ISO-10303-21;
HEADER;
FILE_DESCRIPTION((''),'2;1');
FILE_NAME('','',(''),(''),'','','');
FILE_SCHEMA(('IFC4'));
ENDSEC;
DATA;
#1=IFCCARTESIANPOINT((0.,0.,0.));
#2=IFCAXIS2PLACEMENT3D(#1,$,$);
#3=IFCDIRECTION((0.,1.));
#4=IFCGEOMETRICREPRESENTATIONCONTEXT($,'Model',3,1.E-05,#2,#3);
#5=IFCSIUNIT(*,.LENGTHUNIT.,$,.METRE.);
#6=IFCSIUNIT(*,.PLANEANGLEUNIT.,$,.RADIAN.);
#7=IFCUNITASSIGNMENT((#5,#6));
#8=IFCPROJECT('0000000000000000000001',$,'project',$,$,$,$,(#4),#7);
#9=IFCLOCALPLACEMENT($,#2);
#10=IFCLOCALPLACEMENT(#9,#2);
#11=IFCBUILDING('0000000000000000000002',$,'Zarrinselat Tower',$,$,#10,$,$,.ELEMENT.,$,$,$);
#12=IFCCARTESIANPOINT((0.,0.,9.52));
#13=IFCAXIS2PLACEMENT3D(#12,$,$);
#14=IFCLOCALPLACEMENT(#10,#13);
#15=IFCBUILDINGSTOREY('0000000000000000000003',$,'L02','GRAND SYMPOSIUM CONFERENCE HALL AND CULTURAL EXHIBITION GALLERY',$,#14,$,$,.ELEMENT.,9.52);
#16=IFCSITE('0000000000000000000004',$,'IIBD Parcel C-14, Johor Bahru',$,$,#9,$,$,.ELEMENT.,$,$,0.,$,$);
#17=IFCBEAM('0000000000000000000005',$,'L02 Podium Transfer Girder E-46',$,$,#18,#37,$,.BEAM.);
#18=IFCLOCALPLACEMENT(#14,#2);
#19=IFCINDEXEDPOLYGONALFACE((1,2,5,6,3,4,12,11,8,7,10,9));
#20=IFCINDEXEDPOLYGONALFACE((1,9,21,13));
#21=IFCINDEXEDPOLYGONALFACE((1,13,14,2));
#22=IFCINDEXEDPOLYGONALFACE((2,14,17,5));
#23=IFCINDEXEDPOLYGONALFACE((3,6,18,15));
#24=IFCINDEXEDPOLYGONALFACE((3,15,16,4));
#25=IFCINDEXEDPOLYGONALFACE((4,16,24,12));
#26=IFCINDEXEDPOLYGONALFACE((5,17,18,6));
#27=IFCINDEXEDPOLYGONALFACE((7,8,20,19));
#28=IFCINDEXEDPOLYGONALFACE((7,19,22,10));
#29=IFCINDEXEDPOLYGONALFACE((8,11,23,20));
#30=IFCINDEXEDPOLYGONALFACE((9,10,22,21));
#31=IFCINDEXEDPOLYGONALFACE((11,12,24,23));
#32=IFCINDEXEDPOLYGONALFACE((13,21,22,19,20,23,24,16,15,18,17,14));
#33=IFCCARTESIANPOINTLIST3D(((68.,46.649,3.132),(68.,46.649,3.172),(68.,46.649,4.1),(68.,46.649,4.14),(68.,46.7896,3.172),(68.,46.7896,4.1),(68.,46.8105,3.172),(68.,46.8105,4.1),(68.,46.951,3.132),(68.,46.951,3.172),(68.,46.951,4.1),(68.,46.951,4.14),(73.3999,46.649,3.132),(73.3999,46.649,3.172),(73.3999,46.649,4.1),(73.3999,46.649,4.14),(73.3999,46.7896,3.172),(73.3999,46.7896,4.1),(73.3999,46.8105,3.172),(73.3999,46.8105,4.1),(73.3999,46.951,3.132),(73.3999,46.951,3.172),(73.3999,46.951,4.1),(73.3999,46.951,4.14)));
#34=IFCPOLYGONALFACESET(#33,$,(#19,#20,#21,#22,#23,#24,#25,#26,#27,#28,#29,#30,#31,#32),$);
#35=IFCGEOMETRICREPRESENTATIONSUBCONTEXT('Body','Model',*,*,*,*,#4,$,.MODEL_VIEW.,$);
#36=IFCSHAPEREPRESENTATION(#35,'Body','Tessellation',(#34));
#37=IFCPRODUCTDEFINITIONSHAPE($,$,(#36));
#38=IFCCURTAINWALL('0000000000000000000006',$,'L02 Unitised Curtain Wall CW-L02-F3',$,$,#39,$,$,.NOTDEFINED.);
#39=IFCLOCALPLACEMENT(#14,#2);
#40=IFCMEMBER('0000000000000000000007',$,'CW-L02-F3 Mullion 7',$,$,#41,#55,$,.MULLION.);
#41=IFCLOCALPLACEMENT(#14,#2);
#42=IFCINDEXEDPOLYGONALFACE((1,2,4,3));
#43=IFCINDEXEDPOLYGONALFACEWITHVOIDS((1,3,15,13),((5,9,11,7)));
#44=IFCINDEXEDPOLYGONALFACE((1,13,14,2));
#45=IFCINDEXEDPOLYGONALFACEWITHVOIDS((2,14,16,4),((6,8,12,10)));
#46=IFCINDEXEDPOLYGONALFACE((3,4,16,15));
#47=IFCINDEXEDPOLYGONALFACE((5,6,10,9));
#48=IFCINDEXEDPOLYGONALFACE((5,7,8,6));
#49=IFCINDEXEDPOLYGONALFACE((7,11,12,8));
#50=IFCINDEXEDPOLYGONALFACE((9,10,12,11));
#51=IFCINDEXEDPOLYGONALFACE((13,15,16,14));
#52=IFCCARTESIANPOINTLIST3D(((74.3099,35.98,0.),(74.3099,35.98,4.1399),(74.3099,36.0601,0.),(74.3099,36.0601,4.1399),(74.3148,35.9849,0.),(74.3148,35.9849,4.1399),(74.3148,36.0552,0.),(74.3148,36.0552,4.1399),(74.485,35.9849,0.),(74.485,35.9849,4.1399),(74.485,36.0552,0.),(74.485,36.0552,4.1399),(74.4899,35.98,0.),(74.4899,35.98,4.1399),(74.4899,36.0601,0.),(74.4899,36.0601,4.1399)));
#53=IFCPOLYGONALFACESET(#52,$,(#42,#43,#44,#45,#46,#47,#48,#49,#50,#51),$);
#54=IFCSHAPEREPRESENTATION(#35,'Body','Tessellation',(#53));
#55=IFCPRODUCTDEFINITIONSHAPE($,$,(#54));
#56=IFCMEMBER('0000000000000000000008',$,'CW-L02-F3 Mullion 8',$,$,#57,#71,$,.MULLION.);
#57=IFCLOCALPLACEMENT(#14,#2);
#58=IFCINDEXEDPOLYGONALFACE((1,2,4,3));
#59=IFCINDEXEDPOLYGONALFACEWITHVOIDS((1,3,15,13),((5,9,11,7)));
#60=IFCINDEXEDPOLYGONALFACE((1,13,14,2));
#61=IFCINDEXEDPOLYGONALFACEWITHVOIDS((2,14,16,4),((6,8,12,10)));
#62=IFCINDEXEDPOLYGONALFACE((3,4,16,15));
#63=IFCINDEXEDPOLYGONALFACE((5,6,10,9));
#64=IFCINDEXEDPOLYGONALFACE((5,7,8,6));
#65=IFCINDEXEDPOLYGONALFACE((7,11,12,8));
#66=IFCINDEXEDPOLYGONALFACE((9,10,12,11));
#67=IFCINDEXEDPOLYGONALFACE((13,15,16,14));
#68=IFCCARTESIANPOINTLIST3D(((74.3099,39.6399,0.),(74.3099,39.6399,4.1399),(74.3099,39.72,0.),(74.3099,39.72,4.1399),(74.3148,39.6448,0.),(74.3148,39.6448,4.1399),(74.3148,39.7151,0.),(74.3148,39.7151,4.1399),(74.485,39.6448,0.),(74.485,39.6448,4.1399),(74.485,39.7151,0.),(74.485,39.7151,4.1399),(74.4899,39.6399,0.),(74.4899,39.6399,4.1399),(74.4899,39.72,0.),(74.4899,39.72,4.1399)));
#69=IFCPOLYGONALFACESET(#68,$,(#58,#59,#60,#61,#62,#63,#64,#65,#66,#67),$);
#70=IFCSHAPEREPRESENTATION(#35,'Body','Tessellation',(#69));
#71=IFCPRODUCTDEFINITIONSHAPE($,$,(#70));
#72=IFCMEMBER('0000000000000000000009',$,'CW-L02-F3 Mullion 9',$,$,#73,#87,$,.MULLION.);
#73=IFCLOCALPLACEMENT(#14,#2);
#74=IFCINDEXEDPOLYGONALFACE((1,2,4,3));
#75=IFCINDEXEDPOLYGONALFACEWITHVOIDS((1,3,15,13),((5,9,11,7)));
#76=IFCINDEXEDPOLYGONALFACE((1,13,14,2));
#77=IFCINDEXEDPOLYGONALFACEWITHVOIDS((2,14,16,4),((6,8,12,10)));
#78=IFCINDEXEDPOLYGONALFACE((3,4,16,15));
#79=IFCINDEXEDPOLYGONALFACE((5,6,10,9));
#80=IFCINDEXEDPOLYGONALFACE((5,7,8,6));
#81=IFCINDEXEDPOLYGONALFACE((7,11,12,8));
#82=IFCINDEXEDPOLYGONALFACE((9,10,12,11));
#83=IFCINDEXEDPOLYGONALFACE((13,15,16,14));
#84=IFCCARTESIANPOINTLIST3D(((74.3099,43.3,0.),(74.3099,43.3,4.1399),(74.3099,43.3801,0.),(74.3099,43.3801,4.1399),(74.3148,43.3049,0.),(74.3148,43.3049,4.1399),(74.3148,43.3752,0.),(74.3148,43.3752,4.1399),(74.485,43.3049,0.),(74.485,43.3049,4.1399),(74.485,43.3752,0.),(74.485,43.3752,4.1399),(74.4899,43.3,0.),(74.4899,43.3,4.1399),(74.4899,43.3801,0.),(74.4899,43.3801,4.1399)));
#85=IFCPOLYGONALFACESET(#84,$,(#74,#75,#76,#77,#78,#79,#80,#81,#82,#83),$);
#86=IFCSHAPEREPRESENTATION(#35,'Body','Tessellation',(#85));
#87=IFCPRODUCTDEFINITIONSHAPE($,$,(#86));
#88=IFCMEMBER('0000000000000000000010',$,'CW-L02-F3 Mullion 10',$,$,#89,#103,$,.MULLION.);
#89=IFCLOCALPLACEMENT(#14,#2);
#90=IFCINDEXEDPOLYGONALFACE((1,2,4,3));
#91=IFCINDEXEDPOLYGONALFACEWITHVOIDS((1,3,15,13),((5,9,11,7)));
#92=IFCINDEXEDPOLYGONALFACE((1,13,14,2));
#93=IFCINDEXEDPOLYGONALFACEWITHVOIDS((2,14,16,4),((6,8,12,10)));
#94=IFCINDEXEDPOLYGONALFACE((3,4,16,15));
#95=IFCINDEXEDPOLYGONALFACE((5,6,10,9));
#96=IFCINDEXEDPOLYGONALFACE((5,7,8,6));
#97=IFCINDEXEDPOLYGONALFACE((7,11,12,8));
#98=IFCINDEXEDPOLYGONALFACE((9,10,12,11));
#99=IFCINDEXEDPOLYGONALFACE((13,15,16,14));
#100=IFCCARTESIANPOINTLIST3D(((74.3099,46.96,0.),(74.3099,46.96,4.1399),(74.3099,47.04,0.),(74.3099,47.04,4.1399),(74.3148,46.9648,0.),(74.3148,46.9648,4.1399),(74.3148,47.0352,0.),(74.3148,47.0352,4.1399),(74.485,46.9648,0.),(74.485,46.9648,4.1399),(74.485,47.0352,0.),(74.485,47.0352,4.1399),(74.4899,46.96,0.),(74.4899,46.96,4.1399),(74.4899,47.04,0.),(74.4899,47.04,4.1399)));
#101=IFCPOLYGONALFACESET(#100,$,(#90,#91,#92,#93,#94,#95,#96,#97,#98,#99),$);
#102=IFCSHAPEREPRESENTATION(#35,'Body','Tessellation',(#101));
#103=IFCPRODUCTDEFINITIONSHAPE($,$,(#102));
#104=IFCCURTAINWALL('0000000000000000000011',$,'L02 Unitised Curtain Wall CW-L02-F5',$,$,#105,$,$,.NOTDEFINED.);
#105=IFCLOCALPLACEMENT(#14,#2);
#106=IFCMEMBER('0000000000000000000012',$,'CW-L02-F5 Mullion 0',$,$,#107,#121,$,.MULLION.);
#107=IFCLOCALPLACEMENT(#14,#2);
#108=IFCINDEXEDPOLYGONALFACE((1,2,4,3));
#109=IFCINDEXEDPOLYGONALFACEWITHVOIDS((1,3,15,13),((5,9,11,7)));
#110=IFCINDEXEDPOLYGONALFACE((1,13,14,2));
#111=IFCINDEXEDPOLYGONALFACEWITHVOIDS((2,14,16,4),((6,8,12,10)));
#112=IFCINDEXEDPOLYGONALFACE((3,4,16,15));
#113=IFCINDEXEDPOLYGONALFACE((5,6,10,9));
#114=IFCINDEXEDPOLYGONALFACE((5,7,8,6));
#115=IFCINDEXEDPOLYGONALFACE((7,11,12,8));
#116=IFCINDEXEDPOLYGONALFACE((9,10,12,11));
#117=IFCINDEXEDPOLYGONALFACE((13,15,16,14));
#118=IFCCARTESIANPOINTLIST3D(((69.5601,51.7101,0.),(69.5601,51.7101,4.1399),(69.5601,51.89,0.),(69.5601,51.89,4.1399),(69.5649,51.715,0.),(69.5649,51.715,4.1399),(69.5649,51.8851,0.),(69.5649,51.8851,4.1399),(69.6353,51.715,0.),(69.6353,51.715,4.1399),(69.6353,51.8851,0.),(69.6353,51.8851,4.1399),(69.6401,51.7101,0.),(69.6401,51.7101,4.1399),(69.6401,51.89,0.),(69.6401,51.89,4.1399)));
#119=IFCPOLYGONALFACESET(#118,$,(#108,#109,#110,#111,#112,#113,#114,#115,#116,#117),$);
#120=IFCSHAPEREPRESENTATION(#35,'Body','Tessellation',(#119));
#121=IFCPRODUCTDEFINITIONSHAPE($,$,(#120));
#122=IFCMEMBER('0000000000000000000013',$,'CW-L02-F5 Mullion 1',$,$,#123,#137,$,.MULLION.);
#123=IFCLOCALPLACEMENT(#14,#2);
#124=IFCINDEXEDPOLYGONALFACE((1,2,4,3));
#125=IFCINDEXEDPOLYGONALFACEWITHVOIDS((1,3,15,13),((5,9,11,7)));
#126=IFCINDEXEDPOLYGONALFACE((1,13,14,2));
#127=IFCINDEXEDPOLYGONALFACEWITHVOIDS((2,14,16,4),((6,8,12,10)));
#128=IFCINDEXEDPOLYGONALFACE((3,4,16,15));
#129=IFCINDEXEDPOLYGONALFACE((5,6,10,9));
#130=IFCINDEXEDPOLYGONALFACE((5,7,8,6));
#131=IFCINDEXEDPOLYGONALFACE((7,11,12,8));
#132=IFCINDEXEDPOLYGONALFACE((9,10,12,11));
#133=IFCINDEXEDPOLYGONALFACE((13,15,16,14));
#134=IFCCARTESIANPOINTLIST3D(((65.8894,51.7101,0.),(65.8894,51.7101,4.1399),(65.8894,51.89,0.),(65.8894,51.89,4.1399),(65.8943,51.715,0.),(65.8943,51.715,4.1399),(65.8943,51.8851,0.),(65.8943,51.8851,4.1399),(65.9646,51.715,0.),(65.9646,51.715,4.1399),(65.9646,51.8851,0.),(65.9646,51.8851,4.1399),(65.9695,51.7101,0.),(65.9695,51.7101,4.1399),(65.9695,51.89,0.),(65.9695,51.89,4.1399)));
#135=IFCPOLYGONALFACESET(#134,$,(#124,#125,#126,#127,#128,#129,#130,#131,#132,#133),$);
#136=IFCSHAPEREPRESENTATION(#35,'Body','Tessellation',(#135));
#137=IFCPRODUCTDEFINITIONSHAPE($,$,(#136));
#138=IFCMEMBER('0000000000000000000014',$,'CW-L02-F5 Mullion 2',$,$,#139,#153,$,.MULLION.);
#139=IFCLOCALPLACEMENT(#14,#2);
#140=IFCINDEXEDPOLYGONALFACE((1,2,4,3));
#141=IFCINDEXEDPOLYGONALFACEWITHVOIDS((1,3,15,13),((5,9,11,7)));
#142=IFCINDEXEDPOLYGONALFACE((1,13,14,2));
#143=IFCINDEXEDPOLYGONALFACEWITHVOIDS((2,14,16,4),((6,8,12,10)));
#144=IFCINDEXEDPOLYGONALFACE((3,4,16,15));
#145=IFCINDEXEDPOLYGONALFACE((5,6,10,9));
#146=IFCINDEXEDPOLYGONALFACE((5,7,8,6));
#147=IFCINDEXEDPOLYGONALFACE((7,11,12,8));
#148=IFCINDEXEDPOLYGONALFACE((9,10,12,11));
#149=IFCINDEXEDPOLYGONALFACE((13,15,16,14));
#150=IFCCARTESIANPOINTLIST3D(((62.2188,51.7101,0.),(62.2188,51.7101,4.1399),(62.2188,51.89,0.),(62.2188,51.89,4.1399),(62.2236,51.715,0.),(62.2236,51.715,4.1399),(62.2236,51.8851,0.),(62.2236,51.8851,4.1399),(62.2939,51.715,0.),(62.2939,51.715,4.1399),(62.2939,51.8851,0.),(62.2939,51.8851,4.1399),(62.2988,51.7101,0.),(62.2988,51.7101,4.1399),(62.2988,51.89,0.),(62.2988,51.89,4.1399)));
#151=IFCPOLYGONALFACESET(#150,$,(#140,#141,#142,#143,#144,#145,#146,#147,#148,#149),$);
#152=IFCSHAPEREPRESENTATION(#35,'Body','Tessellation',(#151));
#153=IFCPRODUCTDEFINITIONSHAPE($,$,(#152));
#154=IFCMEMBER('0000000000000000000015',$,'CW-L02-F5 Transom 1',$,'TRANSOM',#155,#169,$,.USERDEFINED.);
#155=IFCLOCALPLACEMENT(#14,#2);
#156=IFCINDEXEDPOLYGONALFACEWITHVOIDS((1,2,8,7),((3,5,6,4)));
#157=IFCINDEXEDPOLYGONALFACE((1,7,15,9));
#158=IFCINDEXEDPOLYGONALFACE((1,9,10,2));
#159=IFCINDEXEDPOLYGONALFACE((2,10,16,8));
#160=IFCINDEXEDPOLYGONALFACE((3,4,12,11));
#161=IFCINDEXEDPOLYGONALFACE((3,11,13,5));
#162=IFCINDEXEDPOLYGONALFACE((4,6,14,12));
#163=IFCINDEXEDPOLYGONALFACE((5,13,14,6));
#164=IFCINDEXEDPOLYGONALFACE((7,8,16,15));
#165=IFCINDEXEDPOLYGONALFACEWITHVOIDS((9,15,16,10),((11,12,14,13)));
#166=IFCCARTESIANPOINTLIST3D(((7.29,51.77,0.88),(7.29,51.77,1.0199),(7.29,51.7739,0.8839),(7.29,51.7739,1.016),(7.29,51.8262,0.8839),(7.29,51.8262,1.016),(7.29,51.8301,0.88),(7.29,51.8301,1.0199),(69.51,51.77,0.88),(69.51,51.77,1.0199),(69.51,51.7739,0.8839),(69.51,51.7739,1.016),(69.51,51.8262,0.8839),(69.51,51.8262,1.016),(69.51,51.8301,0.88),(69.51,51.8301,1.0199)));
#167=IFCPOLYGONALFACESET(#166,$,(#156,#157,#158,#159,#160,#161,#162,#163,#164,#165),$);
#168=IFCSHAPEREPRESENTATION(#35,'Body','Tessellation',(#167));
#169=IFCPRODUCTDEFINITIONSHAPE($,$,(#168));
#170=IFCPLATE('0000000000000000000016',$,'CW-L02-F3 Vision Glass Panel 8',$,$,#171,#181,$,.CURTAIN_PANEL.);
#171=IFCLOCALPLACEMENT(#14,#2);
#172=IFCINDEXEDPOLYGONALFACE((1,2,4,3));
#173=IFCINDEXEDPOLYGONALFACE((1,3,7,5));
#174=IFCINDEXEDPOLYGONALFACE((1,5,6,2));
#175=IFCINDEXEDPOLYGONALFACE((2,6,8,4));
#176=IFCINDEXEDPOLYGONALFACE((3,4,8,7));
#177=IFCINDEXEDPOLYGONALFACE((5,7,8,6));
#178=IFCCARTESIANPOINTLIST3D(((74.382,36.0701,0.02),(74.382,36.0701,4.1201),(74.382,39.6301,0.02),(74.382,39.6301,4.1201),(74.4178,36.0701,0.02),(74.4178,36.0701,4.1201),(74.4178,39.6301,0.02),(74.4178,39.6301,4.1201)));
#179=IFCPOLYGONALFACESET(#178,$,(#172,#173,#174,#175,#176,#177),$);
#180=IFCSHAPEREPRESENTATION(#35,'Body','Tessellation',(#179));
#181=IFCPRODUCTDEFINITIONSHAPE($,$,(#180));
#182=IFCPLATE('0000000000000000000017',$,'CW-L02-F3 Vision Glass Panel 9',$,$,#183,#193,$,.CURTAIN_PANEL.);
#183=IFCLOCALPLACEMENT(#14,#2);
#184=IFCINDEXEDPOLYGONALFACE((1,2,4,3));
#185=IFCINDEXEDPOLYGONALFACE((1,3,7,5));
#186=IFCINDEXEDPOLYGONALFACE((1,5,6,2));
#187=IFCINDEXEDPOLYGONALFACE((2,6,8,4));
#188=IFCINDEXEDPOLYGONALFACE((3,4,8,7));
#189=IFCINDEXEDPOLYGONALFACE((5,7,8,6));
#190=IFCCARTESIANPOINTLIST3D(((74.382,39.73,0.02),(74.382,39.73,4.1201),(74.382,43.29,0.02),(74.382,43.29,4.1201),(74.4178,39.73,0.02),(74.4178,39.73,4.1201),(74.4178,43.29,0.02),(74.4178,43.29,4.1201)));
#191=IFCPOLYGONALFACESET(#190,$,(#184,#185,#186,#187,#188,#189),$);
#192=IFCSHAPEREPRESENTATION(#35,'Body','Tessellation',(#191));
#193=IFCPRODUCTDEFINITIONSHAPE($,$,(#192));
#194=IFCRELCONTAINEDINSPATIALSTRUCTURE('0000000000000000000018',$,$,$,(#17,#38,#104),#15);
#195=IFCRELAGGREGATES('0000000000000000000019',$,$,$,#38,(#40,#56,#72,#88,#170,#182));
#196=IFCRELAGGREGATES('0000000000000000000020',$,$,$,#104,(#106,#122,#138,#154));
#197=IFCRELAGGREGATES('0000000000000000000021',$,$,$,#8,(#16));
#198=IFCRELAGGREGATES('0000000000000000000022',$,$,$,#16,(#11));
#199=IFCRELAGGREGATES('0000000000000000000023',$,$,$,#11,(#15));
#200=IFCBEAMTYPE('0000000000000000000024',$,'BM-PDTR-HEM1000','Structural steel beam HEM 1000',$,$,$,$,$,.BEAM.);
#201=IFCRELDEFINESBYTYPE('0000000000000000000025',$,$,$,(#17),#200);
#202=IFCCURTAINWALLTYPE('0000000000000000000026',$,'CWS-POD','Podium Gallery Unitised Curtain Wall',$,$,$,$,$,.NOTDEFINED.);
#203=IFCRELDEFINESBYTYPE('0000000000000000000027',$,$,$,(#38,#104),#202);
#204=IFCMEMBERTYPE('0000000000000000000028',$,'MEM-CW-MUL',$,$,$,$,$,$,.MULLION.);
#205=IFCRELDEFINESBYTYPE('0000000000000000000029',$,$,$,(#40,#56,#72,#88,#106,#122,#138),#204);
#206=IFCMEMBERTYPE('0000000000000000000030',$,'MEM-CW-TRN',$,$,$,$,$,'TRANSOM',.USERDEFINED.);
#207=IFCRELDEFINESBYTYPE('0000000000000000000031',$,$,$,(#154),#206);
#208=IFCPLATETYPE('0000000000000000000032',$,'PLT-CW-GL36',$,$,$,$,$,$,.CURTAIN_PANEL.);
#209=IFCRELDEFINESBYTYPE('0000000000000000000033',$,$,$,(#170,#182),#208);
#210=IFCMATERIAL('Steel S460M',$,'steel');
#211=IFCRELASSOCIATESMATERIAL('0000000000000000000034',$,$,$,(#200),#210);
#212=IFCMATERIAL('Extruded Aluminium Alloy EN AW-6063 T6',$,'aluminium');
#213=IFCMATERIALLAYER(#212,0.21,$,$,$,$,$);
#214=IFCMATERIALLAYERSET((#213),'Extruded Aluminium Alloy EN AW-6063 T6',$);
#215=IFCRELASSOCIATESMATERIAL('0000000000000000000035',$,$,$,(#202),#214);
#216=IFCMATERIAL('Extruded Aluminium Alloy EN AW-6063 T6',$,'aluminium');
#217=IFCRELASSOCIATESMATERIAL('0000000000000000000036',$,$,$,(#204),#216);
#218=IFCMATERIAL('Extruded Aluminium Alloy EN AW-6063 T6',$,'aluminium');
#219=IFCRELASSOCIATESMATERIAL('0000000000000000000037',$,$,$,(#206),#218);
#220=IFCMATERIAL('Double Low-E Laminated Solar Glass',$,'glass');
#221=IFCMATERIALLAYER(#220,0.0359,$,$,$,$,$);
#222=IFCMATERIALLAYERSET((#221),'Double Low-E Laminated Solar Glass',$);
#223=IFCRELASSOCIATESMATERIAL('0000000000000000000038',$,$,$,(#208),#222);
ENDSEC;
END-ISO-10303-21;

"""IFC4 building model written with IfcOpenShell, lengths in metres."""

from ifc_helpers import new_model, si_unit, direction, frame, origin, origin_2d, place, context, subcontext, project, spatial, rectangle, hollow_rectangle, i_section, extrude, material, layer, layer_set, material_profile, profile_set, type_object, element, aggregate, save


model = new_model("IFC4")

# Units and contexts
model_context = context("Model", 3, precision=1e-05, world=origin(), true_north=direction((0.0, 1.0)))
body_context = subcontext(model_context, "Body", "Model", "MODEL_VIEW")
ifc_project = project(units=[si_unit("LENGTHUNIT", "METRE"), si_unit("PLANEANGLEUNIT", "RADIAN")], contexts=[model_context])

# Site, building, storey
site_placement = place(None, origin())
site = spatial("IfcSite", under=ifc_project, at=site_placement, Name="IIBD Parcel C-14, Johor Bahru", CompositionType="ELEMENT", RefElevation=0.0)
building_placement = place(site_placement, origin())
building = spatial("IfcBuilding", under=site, at=building_placement, Name="Zarrinselat Tower", CompositionType="ELEMENT")
storey_placement = place(building_placement, frame((0.0, 0.0, 9.52)))
storey = spatial("IfcBuildingStorey", under=building, at=storey_placement, Name="L02", Description="GRAND SYMPOSIUM CONFERENCE HALL AND CULTURAL EXHIBITION GALLERY", CompositionType="ELEMENT", Elevation=9.52)

# Beam
ifc_material_1 = material(Name="Steel S460M", Category="steel")
ifc_material_profile_1 = material_profile(ifc_material_1, i_section(OverallWidth=0.302, OverallDepth=1.0081, WebThickness=0.021, FlangeThickness=0.04, at=origin_2d()), Name="HEM 1000")
ifc_profile_set_1 = profile_set([ifc_material_profile_1], Name="Steel S460M")
beam_type_1 = type_object("IfcBeamType", Name="BM-PDTR-HEM1000", Description="Structural steel beam HEM 1000", PredefinedType="BEAM", material=ifc_profile_set_1)
for number, where, z_axis, x_axis, name in (
    (1, (68.0, 46.8, 3.636), (1.0, 0.0, 0.0), (0.0, 1.0, 0.0), "L02 Podium Transfer Girder E-46"),
):
    element("IfcBeam", number, at=place(storey_placement, frame(where, z_axis=z_axis, x_axis=x_axis)), inside=storey, type_object=beam_type_1, Name=name, PredefinedType="BEAM", context=body_context, shape_type="SweptSolid", body=[
        extrude(i_section(OverallWidth=0.302, OverallDepth=1.0081, WebThickness=0.021, FlangeThickness=0.04, at=origin_2d()), origin(), (0.0, 0.0, 1.0), 5.3999),
    ])

# Curtain walls, members
ifc_material_2 = material(Name="Extruded Aluminium Alloy EN AW-6063 T6", Category="aluminium")
ifc_layer_1 = layer(ifc_material_2, 0.21)
ifc_layer_set_1 = layer_set([ifc_layer_1], Name="Extruded Aluminium Alloy EN AW-6063 T6")
curtain_wall_type = type_object("IfcCurtainWallType", Name="CWS-POD", Description="Podium Gallery Unitised Curtain Wall", PredefinedType="NOTDEFINED", material=ifc_layer_set_1)
curtain_wall_1_placement = place(storey_placement, origin())
curtain_wall_1 = element("IfcCurtainWall", 2, at=curtain_wall_1_placement, inside=storey, type_object=curtain_wall_type, Name="L02 Unitised Curtain Wall CW-L02-F3", PredefinedType="NOTDEFINED")
ifc_material_3 = material(Name="Extruded Aluminium Alloy EN AW-6063 T6", Category="aluminium")
ifc_material_profile_2 = material_profile(ifc_material_3, hollow_rectangle(XDim=0.0801, YDim=0.1799, WallThickness=0.0049, at=origin_2d()), Name="RHS 180x80x5")
ifc_profile_set_2 = profile_set([ifc_material_profile_2], Name="Extruded Aluminium Alloy EN AW-6063 T6")
member_type_1 = type_object("IfcMemberType", Name="MEM-CW-MUL", PredefinedType="MULLION", material=ifc_profile_set_2)
member_1_placement = place(storey_placement, frame((74.3999, 36.02, 0.0), z_axis=(0.0, 0.0, 1.0), x_axis=(0.0, 1.0, 0.0)))
member_1 = element("IfcMember", 3, at=member_1_placement, type_object=member_type_1, Name="CW-L02-F3 Mullion 7", PredefinedType="MULLION", context=body_context, shape_type="SweptSolid", body=[
    extrude(hollow_rectangle(XDim=0.0801, YDim=0.1799, WallThickness=0.0049, at=origin_2d()), origin(), (0.0, 0.0, 1.0), 4.1399),
])
member_2_placement = place(storey_placement, frame((74.3999, 39.6799, 0.0), z_axis=(0.0, 0.0, 1.0), x_axis=(0.0, 1.0, 0.0)))
member_2 = element("IfcMember", 4, at=member_2_placement, type_object=member_type_1, Name="CW-L02-F3 Mullion 8", PredefinedType="MULLION", context=body_context, shape_type="SweptSolid", body=[
    extrude(hollow_rectangle(XDim=0.0801, YDim=0.1799, WallThickness=0.0049, at=origin_2d()), origin(), (0.0, 0.0, 1.0), 4.1399),
])
member_3_placement = place(storey_placement, frame((74.3999, 43.3401, 0.0), z_axis=(0.0, 0.0, 1.0), x_axis=(0.0, 1.0, 0.0)))
member_3 = element("IfcMember", 5, at=member_3_placement, type_object=member_type_1, Name="CW-L02-F3 Mullion 9", PredefinedType="MULLION", context=body_context, shape_type="SweptSolid", body=[
    extrude(hollow_rectangle(XDim=0.0801, YDim=0.1799, WallThickness=0.0049, at=origin_2d()), origin(), (0.0, 0.0, 1.0), 4.1399),
])
member_4_placement = place(storey_placement, frame((74.3999, 47.0, 0.0), z_axis=(0.0, 0.0, 1.0), x_axis=(0.0, 1.0, 0.0)))
member_4 = element("IfcMember", 6, at=member_4_placement, type_object=member_type_1, Name="CW-L02-F3 Mullion 10", PredefinedType="MULLION", context=body_context, shape_type="SweptSolid", body=[
    extrude(hollow_rectangle(XDim=0.0801, YDim=0.1799, WallThickness=0.0049, at=origin_2d()), origin(), (0.0, 0.0, 1.0), 4.1399),
])
curtain_wall_2_placement = place(storey_placement, origin())
curtain_wall_2 = element("IfcCurtainWall", 7, at=curtain_wall_2_placement, inside=storey, type_object=curtain_wall_type, Name="L02 Unitised Curtain Wall CW-L02-F5", PredefinedType="NOTDEFINED")
member_5_placement = place(storey_placement, frame((69.6001, 51.8, 0.0), z_axis=(0.0, 0.0, 1.0), x_axis=(-1.0, 0.0, 0.0)))
member_5 = element("IfcMember", 8, at=member_5_placement, type_object=member_type_1, Name="CW-L02-F5 Mullion 0", PredefinedType="MULLION", context=body_context, shape_type="SweptSolid", body=[
    extrude(hollow_rectangle(XDim=0.0801, YDim=0.1799, WallThickness=0.0049, at=origin_2d()), origin(), (0.0, 0.0, 1.0), 4.1399),
])
member_6_placement = place(storey_placement, frame((65.9294, 51.8, 0.0), z_axis=(0.0, 0.0, 1.0), x_axis=(-1.0, 0.0, 0.0)))
member_6 = element("IfcMember", 9, at=member_6_placement, type_object=member_type_1, Name="CW-L02-F5 Mullion 1", PredefinedType="MULLION", context=body_context, shape_type="SweptSolid", body=[
    extrude(hollow_rectangle(XDim=0.0801, YDim=0.1799, WallThickness=0.0049, at=origin_2d()), origin(), (0.0, 0.0, 1.0), 4.1399),
])
member_7_placement = place(storey_placement, frame((62.2588, 51.8, 0.0), z_axis=(0.0, 0.0, 1.0), x_axis=(-1.0, 0.0, 0.0)))
member_7 = element("IfcMember", 10, at=member_7_placement, type_object=member_type_1, Name="CW-L02-F5 Mullion 2", PredefinedType="MULLION", context=body_context, shape_type="SweptSolid", body=[
    extrude(hollow_rectangle(XDim=0.0801, YDim=0.1799, WallThickness=0.0049, at=origin_2d()), origin(), (0.0, 0.0, 1.0), 4.1399),
])
ifc_material_4 = material(Name="Extruded Aluminium Alloy EN AW-6063 T6", Category="aluminium")
ifc_material_profile_3 = material_profile(ifc_material_4, hollow_rectangle(XDim=0.0601, YDim=0.1399, WallThickness=0.0039, at=origin_2d()), Name="RHS 140x60x4")
ifc_profile_set_3 = profile_set([ifc_material_profile_3], Name="Extruded Aluminium Alloy EN AW-6063 T6")
member_type_2 = type_object("IfcMemberType", Name="MEM-CW-TRN", ElementType="TRANSOM", PredefinedType="USERDEFINED", material=ifc_profile_set_3)
member_8_placement = place(storey_placement, frame((69.51, 51.8, 0.95), z_axis=(-1.0, 0.0, 0.0), x_axis=(0.0, -1.0, 0.0)))
member_8 = element("IfcMember", 11, at=member_8_placement, type_object=member_type_2, Name="CW-L02-F5 Transom 1", ObjectType="TRANSOM", PredefinedType="USERDEFINED", context=body_context, shape_type="SweptSolid", body=[
    extrude(hollow_rectangle(XDim=0.0601, YDim=0.1399, WallThickness=0.0039, at=origin_2d()), origin(), (0.0, 0.0, 1.0), 62.22),
])

# Plates
ifc_material_5 = material(Name="Double Low-E Laminated Solar Glass", Category="glass")
ifc_layer_2 = layer(ifc_material_5, 0.0359)
ifc_layer_set_2 = layer_set([ifc_layer_2], Name="Double Low-E Laminated Solar Glass")
plate_type = type_object("IfcPlateType", Name="PLT-CW-GL36", PredefinedType="CURTAIN_PANEL", material=ifc_layer_set_2)
plate_1_placement = place(storey_placement, frame((74.3999, 37.8501, 0.02), z_axis=(0.0, 0.0, 1.0), x_axis=(0.0, 1.0, 0.0)))
plate_1 = element("IfcPlate", 12, at=plate_1_placement, type_object=plate_type, Name="CW-L02-F3 Vision Glass Panel 8", PredefinedType="CURTAIN_PANEL", context=body_context, shape_type="SweptSolid", body=[
    extrude(rectangle(XDim=3.5601, YDim=0.0359, at=origin_2d()), origin(), (0.0, 0.0, 1.0), 4.1001),
])
plate_2_placement = place(storey_placement, frame((74.3999, 41.51, 0.02), z_axis=(0.0, 0.0, 1.0), x_axis=(0.0, 1.0, 0.0)))
plate_2 = element("IfcPlate", 13, at=plate_2_placement, type_object=plate_type, Name="CW-L02-F3 Vision Glass Panel 9", PredefinedType="CURTAIN_PANEL", context=body_context, shape_type="SweptSolid", body=[
    extrude(rectangle(XDim=3.5601, YDim=0.0359, at=origin_2d()), origin(), (0.0, 0.0, 1.0), 4.1001),
])
aggregate(curtain_wall_1, [member_1, member_2, member_3, member_4, plate_1, plate_2])
aggregate(curtain_wall_2, [member_5, member_6, member_7, member_8])

save(model, "model.ifc")
